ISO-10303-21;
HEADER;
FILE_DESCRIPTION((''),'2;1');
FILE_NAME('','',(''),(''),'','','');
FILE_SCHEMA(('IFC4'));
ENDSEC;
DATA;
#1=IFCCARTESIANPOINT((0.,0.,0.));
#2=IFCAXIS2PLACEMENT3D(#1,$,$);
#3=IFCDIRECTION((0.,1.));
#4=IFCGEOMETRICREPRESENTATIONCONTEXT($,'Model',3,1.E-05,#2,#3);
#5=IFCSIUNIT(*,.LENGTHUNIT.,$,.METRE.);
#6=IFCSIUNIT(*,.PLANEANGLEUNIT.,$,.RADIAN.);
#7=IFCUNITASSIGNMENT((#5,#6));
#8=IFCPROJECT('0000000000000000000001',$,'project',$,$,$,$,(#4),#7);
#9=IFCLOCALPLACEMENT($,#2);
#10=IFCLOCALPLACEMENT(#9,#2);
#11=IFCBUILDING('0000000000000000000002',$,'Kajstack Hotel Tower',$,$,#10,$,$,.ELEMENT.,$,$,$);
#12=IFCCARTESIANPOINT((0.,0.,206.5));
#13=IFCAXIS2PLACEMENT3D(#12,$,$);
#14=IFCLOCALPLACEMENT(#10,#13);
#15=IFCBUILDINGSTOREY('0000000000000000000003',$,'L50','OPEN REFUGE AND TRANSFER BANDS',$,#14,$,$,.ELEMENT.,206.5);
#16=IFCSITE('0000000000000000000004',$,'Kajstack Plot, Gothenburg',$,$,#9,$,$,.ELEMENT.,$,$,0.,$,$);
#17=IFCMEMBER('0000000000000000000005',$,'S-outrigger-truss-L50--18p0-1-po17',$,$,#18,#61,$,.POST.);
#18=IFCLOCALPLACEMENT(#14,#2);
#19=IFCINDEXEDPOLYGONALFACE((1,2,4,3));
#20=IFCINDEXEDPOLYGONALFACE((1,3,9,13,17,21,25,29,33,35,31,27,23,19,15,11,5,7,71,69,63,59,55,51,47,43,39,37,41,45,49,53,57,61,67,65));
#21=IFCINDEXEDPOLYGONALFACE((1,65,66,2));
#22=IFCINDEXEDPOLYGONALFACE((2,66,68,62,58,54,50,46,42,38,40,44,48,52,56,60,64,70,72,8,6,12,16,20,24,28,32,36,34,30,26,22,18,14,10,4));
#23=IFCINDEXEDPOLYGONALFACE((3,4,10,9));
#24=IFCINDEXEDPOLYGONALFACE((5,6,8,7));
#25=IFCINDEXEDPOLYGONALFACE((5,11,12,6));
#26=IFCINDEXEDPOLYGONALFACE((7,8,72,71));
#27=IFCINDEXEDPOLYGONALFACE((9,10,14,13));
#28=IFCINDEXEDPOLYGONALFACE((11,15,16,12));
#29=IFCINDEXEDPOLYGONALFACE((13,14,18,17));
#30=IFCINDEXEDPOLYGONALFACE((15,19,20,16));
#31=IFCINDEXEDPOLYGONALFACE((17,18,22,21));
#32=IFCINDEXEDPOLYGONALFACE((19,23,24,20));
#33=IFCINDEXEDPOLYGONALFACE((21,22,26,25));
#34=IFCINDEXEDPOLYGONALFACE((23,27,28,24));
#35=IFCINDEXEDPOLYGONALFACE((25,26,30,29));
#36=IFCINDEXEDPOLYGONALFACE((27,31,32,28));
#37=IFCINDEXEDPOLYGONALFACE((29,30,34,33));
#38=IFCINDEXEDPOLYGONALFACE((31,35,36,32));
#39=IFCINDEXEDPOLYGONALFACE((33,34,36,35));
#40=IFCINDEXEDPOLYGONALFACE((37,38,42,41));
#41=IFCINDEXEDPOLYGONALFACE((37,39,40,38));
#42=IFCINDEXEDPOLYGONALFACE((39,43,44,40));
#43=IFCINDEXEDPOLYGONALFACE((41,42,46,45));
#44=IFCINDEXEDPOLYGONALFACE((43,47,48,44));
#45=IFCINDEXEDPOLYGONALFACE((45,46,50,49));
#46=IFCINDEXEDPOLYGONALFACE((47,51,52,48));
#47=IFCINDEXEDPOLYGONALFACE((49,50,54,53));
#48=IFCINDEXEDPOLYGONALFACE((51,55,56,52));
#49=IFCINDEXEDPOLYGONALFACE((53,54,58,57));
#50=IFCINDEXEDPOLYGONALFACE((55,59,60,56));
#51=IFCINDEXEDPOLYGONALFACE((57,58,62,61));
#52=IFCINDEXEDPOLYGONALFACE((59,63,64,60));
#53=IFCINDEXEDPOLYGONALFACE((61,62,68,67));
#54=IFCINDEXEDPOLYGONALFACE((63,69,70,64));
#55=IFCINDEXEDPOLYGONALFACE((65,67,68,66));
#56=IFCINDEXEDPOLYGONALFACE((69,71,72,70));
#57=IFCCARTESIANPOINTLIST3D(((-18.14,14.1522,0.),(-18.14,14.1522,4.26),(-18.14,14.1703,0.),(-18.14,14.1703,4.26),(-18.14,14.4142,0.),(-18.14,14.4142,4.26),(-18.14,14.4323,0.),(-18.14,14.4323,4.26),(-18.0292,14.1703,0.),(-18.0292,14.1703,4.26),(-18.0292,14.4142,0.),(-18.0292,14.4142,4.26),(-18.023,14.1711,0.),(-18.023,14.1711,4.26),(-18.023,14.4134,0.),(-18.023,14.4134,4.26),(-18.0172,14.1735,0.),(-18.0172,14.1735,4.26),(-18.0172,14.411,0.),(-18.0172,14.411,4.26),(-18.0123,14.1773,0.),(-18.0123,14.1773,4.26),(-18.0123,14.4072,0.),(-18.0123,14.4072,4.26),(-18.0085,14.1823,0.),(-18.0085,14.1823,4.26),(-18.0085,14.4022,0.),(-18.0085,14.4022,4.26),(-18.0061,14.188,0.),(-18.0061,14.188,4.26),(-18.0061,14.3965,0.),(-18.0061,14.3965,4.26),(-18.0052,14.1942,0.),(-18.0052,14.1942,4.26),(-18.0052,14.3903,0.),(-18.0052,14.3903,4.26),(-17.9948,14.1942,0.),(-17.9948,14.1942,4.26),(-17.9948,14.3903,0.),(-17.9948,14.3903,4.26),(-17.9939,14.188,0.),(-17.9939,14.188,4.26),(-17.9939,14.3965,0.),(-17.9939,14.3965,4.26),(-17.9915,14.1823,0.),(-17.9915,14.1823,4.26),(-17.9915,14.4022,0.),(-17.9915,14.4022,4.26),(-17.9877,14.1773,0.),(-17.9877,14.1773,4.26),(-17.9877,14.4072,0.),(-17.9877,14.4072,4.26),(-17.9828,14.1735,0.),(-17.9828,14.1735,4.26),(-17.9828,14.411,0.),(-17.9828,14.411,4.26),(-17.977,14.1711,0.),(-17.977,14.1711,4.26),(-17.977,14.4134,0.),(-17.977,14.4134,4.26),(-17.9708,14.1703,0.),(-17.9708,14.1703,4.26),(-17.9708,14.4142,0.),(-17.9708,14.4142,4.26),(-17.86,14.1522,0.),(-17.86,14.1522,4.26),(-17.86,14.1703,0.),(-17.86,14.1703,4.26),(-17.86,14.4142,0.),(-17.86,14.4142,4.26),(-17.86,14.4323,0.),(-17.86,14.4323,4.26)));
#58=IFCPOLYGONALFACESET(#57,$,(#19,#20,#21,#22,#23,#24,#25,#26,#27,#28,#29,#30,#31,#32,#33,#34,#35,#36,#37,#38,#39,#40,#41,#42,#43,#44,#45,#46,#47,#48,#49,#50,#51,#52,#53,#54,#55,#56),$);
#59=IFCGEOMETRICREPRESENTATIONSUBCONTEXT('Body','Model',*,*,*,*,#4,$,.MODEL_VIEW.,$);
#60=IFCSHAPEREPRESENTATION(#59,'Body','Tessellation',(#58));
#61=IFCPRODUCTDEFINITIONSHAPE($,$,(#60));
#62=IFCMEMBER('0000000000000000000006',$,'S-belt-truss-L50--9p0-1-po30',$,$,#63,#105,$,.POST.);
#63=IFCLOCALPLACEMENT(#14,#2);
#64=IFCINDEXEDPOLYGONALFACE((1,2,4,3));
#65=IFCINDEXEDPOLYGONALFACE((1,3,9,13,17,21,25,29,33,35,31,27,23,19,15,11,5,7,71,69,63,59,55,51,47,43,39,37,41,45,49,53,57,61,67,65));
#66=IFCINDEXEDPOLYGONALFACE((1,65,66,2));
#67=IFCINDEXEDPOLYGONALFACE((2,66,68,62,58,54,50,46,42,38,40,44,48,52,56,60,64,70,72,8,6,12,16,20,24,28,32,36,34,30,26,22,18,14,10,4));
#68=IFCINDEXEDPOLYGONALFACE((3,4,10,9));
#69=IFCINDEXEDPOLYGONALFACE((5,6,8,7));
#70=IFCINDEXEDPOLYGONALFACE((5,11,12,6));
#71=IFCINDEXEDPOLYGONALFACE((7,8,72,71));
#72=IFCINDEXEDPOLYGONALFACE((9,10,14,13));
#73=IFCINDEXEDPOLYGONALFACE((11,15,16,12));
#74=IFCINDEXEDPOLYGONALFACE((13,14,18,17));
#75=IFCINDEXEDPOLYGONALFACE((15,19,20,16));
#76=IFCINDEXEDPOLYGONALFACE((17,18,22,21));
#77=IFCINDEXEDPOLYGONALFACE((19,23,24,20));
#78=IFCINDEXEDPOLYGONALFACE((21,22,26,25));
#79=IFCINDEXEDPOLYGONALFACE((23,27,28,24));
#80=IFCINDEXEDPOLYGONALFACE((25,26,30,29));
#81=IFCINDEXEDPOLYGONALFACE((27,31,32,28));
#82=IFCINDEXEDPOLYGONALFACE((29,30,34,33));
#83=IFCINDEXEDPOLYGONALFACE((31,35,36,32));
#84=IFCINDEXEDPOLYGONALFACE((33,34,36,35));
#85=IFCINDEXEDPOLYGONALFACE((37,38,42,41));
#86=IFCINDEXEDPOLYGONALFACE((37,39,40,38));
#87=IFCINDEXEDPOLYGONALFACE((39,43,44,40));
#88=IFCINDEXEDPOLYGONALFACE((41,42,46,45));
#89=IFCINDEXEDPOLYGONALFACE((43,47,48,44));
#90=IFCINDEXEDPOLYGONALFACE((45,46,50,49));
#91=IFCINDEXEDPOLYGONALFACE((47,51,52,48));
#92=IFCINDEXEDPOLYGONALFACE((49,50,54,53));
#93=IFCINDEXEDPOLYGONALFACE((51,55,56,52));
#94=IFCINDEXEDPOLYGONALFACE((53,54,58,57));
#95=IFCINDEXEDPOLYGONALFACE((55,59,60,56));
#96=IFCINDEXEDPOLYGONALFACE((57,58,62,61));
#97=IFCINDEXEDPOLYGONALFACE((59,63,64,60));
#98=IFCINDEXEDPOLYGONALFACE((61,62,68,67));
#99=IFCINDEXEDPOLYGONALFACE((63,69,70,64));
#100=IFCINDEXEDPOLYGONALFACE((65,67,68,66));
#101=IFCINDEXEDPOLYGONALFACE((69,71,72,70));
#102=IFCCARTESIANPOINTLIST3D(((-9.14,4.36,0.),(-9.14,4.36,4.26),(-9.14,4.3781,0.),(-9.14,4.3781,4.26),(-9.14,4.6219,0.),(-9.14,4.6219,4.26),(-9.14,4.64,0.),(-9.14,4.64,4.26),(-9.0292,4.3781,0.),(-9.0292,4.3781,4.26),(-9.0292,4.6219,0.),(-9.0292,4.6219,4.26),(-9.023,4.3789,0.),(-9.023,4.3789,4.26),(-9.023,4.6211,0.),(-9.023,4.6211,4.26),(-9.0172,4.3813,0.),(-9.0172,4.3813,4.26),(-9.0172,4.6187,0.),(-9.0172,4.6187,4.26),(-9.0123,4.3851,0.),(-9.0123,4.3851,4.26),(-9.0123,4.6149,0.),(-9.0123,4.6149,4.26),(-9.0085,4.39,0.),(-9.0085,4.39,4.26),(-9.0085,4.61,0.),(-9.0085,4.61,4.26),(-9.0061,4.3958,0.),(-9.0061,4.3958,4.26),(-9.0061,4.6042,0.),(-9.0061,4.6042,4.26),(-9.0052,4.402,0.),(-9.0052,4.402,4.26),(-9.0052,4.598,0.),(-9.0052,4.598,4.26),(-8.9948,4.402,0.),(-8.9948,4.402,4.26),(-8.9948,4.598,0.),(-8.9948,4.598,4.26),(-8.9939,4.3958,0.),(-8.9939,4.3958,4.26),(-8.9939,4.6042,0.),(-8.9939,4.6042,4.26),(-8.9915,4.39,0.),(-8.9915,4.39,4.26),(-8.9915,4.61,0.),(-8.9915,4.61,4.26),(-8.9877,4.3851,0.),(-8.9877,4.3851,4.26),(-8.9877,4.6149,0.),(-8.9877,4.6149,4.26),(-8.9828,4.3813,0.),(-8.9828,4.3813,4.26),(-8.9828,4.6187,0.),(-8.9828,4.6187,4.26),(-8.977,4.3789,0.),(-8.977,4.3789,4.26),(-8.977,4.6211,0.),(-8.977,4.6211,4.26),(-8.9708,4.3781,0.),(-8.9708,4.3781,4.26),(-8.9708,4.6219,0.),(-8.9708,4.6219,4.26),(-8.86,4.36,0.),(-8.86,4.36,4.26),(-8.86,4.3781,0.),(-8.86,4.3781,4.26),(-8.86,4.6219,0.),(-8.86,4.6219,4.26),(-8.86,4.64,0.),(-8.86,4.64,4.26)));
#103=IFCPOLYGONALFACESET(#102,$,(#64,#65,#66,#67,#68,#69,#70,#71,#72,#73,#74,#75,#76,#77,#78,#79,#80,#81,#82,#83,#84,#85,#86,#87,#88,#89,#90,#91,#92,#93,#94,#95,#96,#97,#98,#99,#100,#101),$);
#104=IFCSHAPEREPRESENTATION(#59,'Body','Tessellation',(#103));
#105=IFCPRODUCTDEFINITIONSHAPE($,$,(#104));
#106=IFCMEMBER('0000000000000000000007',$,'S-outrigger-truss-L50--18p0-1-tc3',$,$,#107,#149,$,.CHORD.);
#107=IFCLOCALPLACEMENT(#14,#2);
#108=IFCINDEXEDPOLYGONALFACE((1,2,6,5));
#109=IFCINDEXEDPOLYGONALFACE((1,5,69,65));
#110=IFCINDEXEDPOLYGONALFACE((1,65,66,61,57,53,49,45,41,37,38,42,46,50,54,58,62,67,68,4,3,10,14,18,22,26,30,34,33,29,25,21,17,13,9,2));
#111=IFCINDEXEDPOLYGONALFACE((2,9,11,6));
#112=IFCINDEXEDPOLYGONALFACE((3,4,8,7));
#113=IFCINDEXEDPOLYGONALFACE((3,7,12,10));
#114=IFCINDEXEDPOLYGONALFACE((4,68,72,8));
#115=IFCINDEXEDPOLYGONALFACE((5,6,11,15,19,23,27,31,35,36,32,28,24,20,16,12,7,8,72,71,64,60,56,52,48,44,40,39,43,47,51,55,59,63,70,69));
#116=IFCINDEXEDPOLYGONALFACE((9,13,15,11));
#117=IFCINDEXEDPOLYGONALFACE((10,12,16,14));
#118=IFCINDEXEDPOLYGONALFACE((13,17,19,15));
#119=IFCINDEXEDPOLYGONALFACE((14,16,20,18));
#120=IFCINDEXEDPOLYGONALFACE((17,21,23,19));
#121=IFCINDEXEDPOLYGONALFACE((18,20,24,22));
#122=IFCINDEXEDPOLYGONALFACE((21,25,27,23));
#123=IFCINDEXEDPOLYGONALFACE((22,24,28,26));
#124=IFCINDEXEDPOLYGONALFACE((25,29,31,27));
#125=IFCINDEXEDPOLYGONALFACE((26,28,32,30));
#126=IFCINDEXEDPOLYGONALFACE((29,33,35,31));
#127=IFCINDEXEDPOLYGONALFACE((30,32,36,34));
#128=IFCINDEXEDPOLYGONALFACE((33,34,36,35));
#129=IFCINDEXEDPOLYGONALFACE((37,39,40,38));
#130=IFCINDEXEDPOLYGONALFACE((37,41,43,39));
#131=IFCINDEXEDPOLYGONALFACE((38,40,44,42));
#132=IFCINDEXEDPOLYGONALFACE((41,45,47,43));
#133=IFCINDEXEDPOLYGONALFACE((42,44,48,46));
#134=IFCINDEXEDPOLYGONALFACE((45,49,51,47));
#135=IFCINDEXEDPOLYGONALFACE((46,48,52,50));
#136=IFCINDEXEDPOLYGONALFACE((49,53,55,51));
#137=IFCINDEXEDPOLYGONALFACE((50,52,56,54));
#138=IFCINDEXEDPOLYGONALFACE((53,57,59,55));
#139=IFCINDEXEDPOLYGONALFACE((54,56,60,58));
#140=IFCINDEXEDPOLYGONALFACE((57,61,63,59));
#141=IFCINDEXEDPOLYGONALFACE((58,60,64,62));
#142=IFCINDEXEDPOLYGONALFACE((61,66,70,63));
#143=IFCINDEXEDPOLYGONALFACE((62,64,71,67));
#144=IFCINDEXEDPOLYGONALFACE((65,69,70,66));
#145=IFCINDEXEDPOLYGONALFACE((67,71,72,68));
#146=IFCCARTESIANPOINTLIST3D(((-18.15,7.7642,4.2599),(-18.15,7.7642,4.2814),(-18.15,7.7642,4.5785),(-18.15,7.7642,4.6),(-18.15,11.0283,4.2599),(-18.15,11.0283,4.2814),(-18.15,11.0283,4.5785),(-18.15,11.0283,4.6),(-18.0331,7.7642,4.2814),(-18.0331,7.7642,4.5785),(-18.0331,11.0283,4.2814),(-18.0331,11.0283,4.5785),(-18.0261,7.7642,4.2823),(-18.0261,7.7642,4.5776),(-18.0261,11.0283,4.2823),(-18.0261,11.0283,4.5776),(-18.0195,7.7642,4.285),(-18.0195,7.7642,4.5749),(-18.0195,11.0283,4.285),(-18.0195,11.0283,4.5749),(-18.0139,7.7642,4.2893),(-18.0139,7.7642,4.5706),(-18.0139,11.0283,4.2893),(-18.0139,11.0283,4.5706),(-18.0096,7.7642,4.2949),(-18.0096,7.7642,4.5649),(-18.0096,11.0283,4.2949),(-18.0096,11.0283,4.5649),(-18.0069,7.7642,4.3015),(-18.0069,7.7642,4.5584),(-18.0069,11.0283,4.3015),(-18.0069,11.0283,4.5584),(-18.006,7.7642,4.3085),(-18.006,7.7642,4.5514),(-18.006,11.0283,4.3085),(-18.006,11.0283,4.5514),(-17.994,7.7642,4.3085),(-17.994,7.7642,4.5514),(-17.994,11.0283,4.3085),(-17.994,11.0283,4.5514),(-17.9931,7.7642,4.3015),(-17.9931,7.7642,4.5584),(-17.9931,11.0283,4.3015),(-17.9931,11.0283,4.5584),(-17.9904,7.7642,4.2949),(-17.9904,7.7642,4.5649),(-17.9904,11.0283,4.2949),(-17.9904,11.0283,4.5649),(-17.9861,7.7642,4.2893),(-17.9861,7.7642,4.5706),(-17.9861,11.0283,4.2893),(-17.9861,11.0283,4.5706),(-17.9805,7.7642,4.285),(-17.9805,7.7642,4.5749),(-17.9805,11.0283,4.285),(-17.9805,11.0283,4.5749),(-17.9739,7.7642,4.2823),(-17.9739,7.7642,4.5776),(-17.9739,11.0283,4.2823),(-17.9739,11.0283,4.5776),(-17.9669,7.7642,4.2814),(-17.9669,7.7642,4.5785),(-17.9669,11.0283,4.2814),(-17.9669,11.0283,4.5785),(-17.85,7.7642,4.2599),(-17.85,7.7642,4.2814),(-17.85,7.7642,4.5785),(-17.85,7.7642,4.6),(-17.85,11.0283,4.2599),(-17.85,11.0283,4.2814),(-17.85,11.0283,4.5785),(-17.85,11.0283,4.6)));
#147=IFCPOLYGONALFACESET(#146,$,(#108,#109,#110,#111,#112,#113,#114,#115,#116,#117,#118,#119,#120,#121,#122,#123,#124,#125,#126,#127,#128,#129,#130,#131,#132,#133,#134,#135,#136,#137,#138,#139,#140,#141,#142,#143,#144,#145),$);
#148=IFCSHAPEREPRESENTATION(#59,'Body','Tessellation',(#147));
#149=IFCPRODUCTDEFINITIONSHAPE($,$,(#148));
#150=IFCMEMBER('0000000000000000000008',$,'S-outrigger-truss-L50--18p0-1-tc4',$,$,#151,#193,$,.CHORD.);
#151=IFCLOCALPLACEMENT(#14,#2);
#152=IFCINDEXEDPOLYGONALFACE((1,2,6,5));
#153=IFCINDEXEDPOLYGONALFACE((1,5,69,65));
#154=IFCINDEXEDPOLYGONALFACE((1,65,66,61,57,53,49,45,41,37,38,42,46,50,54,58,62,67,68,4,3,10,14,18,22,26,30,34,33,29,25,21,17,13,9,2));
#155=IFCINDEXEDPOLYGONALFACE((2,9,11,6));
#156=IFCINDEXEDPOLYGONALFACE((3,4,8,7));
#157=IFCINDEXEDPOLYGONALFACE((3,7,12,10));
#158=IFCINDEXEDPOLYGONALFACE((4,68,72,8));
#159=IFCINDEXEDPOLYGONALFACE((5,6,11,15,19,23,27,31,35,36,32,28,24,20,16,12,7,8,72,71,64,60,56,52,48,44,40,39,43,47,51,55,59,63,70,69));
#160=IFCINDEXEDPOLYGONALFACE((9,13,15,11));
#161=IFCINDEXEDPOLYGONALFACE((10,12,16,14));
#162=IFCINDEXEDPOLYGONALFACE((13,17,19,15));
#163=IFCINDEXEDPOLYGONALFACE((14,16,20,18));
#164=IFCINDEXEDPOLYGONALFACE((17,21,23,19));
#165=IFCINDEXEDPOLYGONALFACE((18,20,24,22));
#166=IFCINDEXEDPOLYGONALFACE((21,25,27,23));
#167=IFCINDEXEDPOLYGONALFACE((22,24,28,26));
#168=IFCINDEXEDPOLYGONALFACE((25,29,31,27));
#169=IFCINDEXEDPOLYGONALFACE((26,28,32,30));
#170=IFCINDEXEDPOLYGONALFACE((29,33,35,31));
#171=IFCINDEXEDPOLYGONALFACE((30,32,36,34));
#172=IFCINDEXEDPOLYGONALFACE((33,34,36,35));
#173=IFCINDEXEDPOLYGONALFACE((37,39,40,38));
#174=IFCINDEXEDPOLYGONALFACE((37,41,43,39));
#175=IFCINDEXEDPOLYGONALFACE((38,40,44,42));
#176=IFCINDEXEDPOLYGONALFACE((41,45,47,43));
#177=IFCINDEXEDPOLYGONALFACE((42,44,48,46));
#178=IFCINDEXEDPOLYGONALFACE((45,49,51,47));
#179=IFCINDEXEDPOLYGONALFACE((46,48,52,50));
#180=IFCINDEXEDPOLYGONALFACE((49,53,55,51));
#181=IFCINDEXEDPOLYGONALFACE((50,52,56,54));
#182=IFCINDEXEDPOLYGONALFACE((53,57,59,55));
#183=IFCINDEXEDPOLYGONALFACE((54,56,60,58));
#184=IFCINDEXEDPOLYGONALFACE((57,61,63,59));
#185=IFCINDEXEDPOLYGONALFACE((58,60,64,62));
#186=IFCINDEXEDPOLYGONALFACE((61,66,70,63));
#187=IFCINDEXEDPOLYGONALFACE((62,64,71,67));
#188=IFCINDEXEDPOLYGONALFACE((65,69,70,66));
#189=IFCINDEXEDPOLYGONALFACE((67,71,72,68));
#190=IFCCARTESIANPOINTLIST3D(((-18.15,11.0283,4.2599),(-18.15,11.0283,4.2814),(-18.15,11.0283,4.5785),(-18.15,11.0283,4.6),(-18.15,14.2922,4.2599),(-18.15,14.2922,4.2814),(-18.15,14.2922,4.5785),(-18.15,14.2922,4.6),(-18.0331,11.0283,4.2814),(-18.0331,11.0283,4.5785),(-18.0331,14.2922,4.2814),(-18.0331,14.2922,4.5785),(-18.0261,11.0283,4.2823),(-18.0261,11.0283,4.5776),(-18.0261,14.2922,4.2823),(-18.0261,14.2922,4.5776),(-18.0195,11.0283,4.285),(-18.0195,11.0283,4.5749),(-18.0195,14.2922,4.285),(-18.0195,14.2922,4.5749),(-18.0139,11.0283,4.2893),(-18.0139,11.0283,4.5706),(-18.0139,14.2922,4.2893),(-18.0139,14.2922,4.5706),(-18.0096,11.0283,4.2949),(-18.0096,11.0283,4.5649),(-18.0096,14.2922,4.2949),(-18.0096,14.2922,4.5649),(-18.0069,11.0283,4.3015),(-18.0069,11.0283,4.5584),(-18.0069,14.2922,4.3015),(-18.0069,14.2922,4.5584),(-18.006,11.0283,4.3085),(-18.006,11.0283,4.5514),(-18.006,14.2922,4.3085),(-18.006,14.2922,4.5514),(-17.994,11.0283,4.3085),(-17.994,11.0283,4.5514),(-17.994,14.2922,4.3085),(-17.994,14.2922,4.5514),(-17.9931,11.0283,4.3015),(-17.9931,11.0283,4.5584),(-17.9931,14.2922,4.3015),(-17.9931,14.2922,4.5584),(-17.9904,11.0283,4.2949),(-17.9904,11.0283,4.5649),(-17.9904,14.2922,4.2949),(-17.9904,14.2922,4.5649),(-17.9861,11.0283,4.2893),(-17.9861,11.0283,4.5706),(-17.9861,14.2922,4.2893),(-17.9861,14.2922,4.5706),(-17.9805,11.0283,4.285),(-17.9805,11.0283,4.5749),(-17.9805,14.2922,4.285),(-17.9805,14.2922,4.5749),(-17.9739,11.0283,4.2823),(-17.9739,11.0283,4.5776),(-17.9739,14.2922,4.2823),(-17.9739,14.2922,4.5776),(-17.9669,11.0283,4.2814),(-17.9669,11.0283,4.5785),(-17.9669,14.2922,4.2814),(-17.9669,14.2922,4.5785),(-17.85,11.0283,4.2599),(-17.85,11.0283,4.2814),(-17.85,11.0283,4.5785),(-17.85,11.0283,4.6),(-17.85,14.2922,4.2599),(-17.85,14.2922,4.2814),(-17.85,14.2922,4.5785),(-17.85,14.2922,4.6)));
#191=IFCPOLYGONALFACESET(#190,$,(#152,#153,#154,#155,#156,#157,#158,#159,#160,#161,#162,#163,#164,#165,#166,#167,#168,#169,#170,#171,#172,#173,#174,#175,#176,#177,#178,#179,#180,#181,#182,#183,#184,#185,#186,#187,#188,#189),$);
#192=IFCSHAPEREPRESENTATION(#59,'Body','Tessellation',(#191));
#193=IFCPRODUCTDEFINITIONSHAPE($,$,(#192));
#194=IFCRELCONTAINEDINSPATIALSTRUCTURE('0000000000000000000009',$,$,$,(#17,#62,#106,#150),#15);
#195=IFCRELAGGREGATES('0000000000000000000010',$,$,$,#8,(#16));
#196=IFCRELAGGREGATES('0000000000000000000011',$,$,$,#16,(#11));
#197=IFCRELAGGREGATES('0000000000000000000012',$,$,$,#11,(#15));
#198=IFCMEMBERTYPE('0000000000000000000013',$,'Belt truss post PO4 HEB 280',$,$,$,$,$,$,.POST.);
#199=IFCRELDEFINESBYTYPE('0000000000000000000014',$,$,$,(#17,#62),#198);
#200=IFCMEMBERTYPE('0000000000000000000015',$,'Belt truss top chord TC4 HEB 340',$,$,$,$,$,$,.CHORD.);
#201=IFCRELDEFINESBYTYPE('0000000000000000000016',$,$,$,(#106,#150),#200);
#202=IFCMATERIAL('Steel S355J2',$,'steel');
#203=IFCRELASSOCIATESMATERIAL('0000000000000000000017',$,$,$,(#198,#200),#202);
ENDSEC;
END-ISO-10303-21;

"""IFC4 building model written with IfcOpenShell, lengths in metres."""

from ifc_helpers import new_model, si_unit, direction, frame, origin, origin_2d, place, context, subcontext, project, spatial, i_section, extrude, material, material_profile, profile_set, type_object, element, save


model = new_model("IFC4")

# Units and contexts
model_context = context("Model", 3, precision=1e-05, world=origin(), true_north=direction((0.0, 1.0)))
body_context = subcontext(model_context, "Body", "Model", "MODEL_VIEW")
ifc_project = project(units=[si_unit("LENGTHUNIT", "METRE"), si_unit("PLANEANGLEUNIT", "RADIAN")], contexts=[model_context])

# Site, building, storey
site_placement = place(None, origin())
site = spatial("IfcSite", under=ifc_project, at=site_placement, Name="Kajstack Plot, Gothenburg", CompositionType="ELEMENT", RefElevation=0.0)
building_placement = place(site_placement, origin())
building = spatial("IfcBuilding", under=site, at=building_placement, Name="Kajstack Hotel Tower", CompositionType="ELEMENT")
storey_placement = place(building_placement, frame((0.0, 0.0, 206.5)))
storey = spatial("IfcBuildingStorey", under=building, at=storey_placement, Name="L50", Description="OPEN REFUGE AND TRANSFER BANDS", CompositionType="ELEMENT", Elevation=206.5)

# Members
ifc_material = material(Name="Steel S355J2", Category="steel")
ifc_material_profile_1 = material_profile(ifc_material, i_section(OverallWidth=0.28, OverallDepth=0.28, WebThickness=0.0105, FlangeThickness=0.0181, FilletRadius=0.0239, at=origin_2d()), Name="HEB 280")
ifc_profile_set_1 = profile_set([ifc_material_profile_1], Name="Steel S355J2")
member_type_1 = type_object("IfcMemberType", Name="Belt truss post PO4 HEB 280", PredefinedType="POST", material=ifc_profile_set_1)
for number, where, z_axis, x_axis, name in (
    (1, (-18.0, 14.2922, 0.0), (0.0, 0.0, 1.0), (1.0, 0.0, 0.0), "S-outrigger-truss-L50--18p0-1-po17"),
    (2, (-9.0, 4.5, 0.0), (0.0, 0.0, 1.0), (1.0, 0.0, 0.0), "S-belt-truss-L50--9p0-1-po30"),
):
    element("IfcMember", number, at=place(storey_placement, frame(where, z_axis=z_axis, x_axis=x_axis)), inside=storey, type_object=member_type_1, Name=name, PredefinedType="POST", context=body_context, shape_type="SweptSolid", body=[
        extrude(i_section(OverallWidth=0.28, OverallDepth=0.28, WebThickness=0.0105, FlangeThickness=0.0181, FilletRadius=0.0239, at=origin_2d()), origin(), (0.0, 0.0, 1.0), 4.26),
    ])
ifc_material_profile_2 = material_profile(ifc_material, i_section(OverallWidth=0.3, OverallDepth=0.3401, WebThickness=0.012, FlangeThickness=0.0215, FilletRadius=0.0271, at=origin_2d()), Name="HEB 340")
ifc_profile_set_2 = profile_set([ifc_material_profile_2], Name="Steel S355J2")
member_type_2 = type_object("IfcMemberType", Name="Belt truss top chord TC4 HEB 340", PredefinedType="CHORD", material=ifc_profile_set_2)
member_1_placement = place(storey_placement, frame((-18.0, 7.7642, 4.4299), z_axis=(0.0, 1.0, 0.0), x_axis=(-1.0, 0.0, 0.0)))
element("IfcMember", 3, at=member_1_placement, inside=storey, type_object=member_type_2, Name="S-outrigger-truss-L50--18p0-1-tc3", PredefinedType="CHORD", context=body_context, shape_type="SweptSolid", body=[
    extrude(i_section(OverallWidth=0.3, OverallDepth=0.3401, WebThickness=0.012, FlangeThickness=0.0215, FilletRadius=0.0271, at=origin_2d()), origin(), (0.0, 0.0, 1.0), 3.2642),
])
member_2_placement = place(storey_placement, frame((-18.0, 11.0283, 4.4299), z_axis=(0.0, 1.0, 0.0), x_axis=(-1.0, 0.0, 0.0)))
element("IfcMember", 4, at=member_2_placement, inside=storey, type_object=member_type_2, Name="S-outrigger-truss-L50--18p0-1-tc4", PredefinedType="CHORD", context=body_context, shape_type="SweptSolid", body=[
    extrude(i_section(OverallWidth=0.3, OverallDepth=0.3401, WebThickness=0.012, FlangeThickness=0.0215, FilletRadius=0.0271, at=origin_2d()), origin(), (0.0, 0.0, 1.0), 3.2639),
])

save(model, "model.ifc")
